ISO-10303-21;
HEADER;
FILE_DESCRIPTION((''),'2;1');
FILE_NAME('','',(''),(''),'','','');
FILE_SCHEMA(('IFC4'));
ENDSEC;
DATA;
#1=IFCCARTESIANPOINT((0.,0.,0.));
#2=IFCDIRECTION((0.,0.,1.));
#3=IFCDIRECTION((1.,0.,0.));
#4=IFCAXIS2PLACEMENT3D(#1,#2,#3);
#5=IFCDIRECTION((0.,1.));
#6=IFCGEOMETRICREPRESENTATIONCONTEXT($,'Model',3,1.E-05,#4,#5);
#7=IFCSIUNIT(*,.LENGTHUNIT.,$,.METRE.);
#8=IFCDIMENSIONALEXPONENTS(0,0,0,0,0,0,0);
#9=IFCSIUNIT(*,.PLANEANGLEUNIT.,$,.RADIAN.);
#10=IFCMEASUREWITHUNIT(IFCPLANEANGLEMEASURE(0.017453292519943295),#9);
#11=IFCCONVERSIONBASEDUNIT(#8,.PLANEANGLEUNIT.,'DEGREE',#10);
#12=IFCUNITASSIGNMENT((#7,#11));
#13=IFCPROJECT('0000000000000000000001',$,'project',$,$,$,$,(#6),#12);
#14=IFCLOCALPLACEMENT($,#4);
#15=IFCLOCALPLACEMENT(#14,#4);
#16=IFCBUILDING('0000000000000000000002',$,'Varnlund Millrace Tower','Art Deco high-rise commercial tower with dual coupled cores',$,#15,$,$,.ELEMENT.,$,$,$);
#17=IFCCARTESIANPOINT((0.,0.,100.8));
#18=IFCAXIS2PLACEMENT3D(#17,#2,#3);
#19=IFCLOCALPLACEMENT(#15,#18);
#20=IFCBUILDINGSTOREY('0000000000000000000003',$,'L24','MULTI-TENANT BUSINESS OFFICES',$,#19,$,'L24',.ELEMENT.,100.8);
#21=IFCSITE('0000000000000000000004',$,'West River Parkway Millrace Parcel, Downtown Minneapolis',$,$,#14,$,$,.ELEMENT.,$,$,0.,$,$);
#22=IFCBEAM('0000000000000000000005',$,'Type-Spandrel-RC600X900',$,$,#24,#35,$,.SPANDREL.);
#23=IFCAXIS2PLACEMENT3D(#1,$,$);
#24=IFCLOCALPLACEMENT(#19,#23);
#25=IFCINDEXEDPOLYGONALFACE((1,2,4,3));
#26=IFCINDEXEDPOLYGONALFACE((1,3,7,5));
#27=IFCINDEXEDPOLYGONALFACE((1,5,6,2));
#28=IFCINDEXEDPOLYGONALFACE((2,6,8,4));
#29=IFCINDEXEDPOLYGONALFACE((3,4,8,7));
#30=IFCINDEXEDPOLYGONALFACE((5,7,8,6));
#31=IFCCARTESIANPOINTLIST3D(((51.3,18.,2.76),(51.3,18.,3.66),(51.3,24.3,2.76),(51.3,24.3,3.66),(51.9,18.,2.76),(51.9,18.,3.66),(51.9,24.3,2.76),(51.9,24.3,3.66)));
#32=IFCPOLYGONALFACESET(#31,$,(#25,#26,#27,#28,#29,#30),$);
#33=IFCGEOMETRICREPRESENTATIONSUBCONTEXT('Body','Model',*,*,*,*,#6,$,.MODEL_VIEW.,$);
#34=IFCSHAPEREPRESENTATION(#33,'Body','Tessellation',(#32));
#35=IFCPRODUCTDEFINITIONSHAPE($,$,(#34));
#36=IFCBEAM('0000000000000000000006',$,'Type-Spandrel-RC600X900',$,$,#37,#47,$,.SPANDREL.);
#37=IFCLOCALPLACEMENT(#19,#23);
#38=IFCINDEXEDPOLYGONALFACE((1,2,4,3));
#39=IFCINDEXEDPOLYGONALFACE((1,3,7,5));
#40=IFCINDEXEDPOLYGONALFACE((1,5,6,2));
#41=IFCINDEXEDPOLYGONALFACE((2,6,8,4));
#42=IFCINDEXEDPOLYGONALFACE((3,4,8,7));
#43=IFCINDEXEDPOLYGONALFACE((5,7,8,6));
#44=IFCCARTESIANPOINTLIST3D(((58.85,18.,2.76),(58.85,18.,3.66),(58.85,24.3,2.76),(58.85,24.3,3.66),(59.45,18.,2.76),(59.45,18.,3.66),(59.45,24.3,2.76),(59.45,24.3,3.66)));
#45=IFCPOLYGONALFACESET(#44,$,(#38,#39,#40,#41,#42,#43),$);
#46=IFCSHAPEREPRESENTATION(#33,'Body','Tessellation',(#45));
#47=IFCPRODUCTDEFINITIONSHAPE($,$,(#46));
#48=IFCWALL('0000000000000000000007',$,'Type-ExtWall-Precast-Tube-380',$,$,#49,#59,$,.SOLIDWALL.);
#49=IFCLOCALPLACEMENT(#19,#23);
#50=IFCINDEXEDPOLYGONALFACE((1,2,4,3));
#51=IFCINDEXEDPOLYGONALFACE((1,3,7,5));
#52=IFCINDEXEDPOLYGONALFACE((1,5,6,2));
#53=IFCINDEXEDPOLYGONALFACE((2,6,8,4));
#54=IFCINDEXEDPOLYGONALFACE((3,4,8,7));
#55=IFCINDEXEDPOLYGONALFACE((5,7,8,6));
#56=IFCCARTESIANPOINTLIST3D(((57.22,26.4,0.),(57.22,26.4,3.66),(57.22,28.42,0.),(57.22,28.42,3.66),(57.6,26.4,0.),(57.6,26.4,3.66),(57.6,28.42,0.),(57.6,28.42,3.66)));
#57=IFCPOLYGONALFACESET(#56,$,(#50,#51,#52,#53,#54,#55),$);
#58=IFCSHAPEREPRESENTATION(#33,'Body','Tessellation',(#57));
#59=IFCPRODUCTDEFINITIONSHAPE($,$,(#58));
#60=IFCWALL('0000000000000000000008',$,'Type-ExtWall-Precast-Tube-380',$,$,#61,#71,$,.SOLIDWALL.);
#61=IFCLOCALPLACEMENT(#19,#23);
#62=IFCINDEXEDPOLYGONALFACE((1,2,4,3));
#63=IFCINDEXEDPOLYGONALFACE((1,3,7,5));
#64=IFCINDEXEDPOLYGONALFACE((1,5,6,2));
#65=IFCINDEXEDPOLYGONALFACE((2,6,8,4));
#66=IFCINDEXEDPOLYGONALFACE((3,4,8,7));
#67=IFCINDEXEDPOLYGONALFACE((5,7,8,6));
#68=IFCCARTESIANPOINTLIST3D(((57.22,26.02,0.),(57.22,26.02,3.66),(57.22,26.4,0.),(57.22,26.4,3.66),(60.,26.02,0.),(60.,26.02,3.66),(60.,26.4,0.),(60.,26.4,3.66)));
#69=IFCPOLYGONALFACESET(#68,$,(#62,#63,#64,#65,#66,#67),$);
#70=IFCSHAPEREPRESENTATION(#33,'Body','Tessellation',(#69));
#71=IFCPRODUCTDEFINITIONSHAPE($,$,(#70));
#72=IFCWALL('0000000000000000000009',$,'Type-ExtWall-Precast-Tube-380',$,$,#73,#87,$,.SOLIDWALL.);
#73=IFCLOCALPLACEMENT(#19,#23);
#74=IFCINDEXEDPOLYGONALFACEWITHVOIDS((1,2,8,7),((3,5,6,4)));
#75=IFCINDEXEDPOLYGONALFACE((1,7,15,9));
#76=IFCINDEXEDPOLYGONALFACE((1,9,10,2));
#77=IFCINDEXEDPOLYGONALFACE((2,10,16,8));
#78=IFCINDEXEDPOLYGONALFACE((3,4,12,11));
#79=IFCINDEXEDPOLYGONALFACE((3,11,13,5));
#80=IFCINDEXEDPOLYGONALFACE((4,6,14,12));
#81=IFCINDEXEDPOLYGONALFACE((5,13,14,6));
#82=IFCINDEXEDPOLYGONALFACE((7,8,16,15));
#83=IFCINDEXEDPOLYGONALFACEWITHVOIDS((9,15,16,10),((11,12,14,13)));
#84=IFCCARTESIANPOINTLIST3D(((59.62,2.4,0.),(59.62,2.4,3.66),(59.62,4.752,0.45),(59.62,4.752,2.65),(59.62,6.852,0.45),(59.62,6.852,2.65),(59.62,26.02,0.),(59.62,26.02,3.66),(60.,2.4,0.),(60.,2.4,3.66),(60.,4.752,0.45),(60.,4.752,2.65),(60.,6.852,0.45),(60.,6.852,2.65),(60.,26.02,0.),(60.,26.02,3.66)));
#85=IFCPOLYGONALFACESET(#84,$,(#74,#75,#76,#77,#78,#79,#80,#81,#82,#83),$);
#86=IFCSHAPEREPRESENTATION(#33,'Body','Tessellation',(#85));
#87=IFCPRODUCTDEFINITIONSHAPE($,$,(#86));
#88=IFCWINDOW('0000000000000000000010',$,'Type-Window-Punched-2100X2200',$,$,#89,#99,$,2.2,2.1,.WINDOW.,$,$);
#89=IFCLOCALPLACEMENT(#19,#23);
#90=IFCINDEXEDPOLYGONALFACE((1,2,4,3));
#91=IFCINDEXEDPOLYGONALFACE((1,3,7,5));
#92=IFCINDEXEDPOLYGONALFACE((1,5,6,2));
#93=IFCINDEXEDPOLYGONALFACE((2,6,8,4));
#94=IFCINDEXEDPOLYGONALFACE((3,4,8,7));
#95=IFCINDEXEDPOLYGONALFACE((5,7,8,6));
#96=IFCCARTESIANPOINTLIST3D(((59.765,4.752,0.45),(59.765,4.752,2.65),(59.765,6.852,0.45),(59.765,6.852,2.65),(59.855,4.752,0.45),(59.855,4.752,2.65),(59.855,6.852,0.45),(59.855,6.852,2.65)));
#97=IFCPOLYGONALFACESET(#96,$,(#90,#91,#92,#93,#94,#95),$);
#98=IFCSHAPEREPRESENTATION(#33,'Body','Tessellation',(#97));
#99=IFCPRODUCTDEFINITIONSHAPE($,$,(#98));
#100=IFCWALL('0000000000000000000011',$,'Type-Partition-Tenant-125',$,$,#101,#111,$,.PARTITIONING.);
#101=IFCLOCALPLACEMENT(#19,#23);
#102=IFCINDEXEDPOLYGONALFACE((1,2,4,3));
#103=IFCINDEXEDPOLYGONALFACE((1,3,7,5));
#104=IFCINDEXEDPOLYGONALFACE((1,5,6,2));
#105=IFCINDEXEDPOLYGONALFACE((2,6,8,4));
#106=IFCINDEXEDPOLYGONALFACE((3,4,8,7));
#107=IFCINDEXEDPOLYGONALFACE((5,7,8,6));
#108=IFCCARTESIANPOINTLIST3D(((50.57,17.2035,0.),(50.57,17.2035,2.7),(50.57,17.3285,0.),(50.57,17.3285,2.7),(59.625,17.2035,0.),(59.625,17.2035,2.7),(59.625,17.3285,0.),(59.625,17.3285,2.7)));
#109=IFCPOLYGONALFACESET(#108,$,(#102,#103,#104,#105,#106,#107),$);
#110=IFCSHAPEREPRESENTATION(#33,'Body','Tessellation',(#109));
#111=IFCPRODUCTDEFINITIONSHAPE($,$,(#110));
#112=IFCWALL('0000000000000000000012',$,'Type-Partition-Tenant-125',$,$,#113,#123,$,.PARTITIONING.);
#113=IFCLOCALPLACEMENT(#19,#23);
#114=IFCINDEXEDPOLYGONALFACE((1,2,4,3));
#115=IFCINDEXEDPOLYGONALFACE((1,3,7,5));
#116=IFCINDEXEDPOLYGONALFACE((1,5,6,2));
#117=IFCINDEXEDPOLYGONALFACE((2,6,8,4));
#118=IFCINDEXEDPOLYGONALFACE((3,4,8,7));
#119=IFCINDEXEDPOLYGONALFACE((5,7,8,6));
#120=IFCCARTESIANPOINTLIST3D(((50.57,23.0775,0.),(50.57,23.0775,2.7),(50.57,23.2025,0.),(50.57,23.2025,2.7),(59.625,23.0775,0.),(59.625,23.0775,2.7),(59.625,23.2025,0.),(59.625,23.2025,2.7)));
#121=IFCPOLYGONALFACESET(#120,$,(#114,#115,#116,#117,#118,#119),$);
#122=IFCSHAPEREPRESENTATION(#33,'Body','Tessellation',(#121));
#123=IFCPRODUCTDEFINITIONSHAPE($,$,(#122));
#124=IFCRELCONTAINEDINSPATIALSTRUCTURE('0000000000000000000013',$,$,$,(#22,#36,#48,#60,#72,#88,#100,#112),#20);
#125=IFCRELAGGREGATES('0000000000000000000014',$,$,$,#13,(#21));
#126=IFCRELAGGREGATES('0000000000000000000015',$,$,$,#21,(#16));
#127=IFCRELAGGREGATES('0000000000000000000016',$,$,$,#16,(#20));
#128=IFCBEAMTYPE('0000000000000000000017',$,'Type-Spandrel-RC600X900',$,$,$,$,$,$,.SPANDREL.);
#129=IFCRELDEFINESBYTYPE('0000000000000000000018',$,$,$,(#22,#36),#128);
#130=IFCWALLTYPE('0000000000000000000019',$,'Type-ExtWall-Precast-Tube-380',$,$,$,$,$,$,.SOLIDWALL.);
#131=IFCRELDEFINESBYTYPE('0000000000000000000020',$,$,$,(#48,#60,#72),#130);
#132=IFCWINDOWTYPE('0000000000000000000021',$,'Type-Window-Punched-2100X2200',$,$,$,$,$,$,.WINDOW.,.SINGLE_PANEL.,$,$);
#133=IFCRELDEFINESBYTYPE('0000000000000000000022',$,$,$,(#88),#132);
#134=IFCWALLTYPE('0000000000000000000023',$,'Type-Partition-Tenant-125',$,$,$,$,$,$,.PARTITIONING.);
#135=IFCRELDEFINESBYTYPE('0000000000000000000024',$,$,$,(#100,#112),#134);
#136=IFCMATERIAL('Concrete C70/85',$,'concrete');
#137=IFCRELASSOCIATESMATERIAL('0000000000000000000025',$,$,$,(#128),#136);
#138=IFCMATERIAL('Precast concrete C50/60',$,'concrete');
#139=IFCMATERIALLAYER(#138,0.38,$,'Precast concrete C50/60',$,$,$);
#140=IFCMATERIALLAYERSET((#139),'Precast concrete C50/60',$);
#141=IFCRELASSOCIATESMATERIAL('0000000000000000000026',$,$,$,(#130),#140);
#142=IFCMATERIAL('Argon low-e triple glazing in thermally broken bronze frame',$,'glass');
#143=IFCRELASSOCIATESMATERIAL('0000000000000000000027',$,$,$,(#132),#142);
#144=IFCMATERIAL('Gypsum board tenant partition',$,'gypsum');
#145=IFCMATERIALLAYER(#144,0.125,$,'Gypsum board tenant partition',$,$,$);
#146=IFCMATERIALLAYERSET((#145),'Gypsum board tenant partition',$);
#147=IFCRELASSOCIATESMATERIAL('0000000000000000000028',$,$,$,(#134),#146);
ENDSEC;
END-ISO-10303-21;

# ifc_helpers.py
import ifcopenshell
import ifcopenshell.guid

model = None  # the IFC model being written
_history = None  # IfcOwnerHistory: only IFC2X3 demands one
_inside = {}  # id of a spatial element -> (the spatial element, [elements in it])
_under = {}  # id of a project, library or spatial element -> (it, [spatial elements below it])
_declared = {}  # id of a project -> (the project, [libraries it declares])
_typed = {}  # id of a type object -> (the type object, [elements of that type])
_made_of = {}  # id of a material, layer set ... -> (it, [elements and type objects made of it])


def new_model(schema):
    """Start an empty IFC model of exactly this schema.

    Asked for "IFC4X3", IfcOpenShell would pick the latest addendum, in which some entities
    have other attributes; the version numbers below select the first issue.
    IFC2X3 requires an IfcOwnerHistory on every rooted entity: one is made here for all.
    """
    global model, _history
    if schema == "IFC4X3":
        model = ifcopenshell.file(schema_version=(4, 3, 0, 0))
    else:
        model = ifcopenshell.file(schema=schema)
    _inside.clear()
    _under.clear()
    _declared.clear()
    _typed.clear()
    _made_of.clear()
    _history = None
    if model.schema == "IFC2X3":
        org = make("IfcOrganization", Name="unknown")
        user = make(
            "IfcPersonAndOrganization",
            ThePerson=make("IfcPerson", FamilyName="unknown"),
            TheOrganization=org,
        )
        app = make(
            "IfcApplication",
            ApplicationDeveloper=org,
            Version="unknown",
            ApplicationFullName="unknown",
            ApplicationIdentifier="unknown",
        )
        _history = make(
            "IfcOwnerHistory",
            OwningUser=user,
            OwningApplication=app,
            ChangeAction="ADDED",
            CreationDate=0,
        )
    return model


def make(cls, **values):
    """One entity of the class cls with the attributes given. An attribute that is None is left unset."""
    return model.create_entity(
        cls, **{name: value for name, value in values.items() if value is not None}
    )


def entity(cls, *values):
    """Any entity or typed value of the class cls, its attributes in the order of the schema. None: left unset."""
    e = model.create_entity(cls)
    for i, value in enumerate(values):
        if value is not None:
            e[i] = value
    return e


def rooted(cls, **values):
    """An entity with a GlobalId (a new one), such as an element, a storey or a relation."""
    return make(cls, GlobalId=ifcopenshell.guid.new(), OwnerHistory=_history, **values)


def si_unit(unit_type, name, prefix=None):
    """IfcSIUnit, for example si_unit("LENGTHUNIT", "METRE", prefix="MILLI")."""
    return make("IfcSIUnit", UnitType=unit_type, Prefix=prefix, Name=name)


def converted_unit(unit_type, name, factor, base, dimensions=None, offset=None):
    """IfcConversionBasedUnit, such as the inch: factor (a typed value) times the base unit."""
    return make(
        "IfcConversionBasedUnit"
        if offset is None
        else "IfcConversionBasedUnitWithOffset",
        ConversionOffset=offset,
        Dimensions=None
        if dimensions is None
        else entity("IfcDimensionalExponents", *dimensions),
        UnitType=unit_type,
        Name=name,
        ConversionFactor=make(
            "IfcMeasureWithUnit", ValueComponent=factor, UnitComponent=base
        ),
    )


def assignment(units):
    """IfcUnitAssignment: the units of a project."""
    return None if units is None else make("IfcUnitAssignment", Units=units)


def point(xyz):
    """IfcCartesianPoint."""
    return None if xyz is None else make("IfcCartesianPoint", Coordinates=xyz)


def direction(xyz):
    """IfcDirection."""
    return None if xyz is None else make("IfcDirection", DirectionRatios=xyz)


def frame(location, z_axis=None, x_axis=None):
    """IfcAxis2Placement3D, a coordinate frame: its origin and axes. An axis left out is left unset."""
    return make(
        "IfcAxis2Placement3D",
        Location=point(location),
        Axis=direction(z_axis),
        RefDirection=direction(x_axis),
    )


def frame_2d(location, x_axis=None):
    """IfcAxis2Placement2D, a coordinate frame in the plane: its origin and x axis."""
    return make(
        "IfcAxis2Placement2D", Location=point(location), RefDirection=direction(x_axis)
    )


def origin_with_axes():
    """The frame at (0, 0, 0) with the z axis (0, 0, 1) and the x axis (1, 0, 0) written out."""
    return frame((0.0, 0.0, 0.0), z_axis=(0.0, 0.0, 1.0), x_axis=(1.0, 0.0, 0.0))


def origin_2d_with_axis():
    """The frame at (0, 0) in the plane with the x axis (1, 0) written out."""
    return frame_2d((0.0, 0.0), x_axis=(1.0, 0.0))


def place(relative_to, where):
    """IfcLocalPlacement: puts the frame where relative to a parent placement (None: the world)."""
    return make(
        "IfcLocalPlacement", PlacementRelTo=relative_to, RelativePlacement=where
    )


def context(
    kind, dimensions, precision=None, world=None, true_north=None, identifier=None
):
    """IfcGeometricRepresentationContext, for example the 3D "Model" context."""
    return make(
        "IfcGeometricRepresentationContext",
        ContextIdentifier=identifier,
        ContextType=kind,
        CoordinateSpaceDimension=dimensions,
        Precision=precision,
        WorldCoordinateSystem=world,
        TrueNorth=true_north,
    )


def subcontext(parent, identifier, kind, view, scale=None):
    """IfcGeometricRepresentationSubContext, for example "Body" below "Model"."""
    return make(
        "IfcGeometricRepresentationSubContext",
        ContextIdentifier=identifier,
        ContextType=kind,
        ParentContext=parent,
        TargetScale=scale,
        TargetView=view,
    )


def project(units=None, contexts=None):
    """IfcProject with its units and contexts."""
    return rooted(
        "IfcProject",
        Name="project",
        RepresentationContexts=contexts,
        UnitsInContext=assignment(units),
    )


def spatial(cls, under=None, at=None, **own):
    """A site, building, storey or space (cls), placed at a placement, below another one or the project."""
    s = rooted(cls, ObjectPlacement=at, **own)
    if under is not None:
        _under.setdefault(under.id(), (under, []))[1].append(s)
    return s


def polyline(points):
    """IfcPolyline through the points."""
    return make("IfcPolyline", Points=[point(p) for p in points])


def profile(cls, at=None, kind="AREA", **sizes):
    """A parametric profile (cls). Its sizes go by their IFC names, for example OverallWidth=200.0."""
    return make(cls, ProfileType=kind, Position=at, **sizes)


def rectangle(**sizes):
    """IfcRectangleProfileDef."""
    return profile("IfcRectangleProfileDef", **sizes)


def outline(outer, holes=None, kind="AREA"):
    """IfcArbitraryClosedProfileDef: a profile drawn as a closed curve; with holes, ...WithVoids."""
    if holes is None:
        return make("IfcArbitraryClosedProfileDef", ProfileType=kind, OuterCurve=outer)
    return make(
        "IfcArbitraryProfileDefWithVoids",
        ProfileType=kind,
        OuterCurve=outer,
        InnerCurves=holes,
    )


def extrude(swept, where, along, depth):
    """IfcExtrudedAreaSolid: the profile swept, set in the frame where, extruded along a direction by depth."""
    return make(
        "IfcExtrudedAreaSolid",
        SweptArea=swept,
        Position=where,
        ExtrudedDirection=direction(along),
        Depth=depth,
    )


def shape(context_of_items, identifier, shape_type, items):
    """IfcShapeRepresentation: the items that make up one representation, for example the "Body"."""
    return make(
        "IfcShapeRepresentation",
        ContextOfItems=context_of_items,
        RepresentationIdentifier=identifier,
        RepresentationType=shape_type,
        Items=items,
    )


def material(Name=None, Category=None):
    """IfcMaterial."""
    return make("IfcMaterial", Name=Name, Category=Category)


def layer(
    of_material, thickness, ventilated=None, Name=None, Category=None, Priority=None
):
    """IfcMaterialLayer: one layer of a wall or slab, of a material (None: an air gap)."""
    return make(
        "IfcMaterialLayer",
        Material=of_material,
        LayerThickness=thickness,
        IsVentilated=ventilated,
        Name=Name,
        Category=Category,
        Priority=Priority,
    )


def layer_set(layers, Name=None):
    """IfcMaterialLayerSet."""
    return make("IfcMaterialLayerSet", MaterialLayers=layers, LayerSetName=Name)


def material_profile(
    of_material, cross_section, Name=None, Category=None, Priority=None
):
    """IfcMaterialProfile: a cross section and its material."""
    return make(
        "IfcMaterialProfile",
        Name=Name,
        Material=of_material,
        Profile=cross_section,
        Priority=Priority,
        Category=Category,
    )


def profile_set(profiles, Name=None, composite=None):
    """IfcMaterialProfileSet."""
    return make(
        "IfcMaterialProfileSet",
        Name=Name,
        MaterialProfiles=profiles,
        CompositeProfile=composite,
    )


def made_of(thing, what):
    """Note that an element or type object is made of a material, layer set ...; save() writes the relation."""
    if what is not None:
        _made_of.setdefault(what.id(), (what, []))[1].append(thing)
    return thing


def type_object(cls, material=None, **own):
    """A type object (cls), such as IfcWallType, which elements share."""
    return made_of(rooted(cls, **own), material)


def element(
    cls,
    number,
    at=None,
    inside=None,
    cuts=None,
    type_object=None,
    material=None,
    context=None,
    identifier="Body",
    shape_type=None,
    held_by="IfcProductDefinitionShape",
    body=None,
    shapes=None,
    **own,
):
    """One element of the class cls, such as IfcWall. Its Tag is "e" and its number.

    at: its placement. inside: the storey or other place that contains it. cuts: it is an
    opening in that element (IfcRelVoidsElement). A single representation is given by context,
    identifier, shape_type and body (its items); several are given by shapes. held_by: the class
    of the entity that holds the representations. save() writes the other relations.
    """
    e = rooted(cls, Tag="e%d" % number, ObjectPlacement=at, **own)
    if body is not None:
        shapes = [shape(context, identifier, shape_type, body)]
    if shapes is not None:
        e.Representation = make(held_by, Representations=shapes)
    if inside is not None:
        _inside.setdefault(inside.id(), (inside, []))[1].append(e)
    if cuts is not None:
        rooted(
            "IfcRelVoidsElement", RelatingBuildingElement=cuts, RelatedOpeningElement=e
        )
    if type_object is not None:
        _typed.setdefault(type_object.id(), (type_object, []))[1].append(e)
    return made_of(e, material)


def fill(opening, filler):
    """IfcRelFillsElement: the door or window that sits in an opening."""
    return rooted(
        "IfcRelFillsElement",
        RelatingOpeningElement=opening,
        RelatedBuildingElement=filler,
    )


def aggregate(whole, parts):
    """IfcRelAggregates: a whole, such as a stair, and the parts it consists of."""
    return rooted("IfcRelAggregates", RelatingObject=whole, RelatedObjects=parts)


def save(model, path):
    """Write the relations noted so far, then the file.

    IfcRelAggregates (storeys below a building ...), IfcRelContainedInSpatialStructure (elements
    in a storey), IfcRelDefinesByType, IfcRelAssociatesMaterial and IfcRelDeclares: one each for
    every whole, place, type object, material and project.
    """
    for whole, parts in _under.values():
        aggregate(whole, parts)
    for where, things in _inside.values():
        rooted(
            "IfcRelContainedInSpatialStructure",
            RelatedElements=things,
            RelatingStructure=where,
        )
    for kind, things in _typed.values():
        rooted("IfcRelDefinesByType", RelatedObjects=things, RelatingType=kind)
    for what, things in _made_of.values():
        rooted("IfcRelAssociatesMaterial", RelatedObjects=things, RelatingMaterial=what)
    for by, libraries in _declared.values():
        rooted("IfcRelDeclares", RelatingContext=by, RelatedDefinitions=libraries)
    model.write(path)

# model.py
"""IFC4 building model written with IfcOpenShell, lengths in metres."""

from ifc_helpers import new_model, entity, si_unit, converted_unit, direction, frame, origin_with_axes, origin_2d_with_axis, place, context, subcontext, project, spatial, polyline, rectangle, outline, extrude, material, layer, layer_set, material_profile, profile_set, type_object, element, fill, save


model = new_model("IFC4")

# Units and contexts
model_context = context("Model", 3, precision=1e-05, world=origin_with_axes(), true_north=direction((0.0, 1.0)))
body_context = subcontext(model_context, "Body", "Model", "MODEL_VIEW")
ifc_project = project(units=[si_unit("LENGTHUNIT", "METRE"), converted_unit("PLANEANGLEUNIT", "DEGREE", entity("IfcPlaneAngleMeasure", 0.017453292519943295), si_unit("PLANEANGLEUNIT", "RADIAN"), dimensions=[0, 0, 0, 0, 0, 0, 0])], contexts=[model_context])

# Site, building, storey
site_placement = place(None, origin_with_axes())
site = spatial("IfcSite", under=ifc_project, at=site_placement, Name="West River Parkway Millrace Parcel, Downtown Minneapolis", CompositionType="ELEMENT", RefElevation=0.0)
building_placement = place(site_placement, origin_with_axes())
building = spatial("IfcBuilding", under=site, at=building_placement, Name="Varnlund Millrace Tower", Description="Art Deco high-rise commercial tower with dual coupled cores", CompositionType="ELEMENT")
storey_placement = place(building_placement, frame((0.0, 0.0, 100.8), z_axis=(0.0, 0.0, 1.0), x_axis=(1.0, 0.0, 0.0)))
storey = spatial("IfcBuildingStorey", under=building, at=storey_placement, Name="L24", Description="MULTI-TENANT BUSINESS OFFICES", LongName="L24", CompositionType="ELEMENT", Elevation=100.8)

# Beams
ifc_material_1 = material(Name="Concrete C70/85", Category="concrete")
ifc_material_profile_1 = material_profile(ifc_material_1, rectangle(XDim=0.6, YDim=0.9, at=origin_2d_with_axis()), Name="Concrete C70/85")
ifc_profile_set_1 = profile_set([ifc_material_profile_1], Name="Concrete C70/85")
beam_type_1 = type_object("IfcBeamType", Name="Type-Spandrel-RC600X900", PredefinedType="SPANDREL", material=ifc_profile_set_1)
for number, where, z_axis, x_axis, name in (
    (1, (51.6, 18.0, 3.21), (0.0, 1.0, 0.0), (-1.0, 0.0, 0.0), "Type-Spandrel-RC600X900"),
    (2, (59.15, 18.0, 3.21), (0.0, 1.0, 0.0), (-1.0, 0.0, 0.0), "Type-Spandrel-RC600X900"),
):
    element("IfcBeam", number, at=place(storey_placement, frame(where, z_axis=z_axis, x_axis=x_axis)), inside=storey, type_object=beam_type_1, Name=name, PredefinedType="SPANDREL", context=body_context, shape_type="SweptSolid", body=[
        extrude(rectangle(XDim=0.6, YDim=0.9, at=origin_2d_with_axis()), origin_with_axes(), (0.0, 0.0, 1.0), 6.3),
    ])

# Walls
ifc_material_2 = material(Name="Precast concrete C50/60", Category="concrete")
ifc_layer_1 = layer(ifc_material_2, 0.38, Name="Precast concrete C50/60")
ifc_layer_set_1 = layer_set([ifc_layer_1], Name="Precast concrete C50/60")
wall_type_1 = type_object("IfcWallType", Name="Type-ExtWall-Precast-Tube-380", PredefinedType="SOLIDWALL", material=ifc_layer_set_1)
wall_1_placement = place(storey_placement, frame((57.41, 28.42, 0.0), z_axis=(0.0, 0.0, 1.0), x_axis=(0.0, -1.0, 0.0)))
element("IfcWall", 3, at=wall_1_placement, inside=storey, type_object=wall_type_1, Name="Type-ExtWall-Precast-Tube-380", PredefinedType="SOLIDWALL", context=body_context, shape_type="SweptSolid", body=[
    extrude(outline(polyline([(0.0, -0.19), (2.02, -0.19), (2.02, 0.19), (0.0, 0.19), (0.0, -0.19)])), origin_with_axes(), (0.0, 0.0, 1.0), 3.66),
])
wall_2_placement = place(storey_placement, frame((57.22, 26.21, 0.0), z_axis=(0.0, 0.0, 1.0), x_axis=(1.0, 0.0, 0.0)))
element("IfcWall", 4, at=wall_2_placement, inside=storey, type_object=wall_type_1, Name="Type-ExtWall-Precast-Tube-380", PredefinedType="SOLIDWALL", context=body_context, shape_type="SweptSolid", body=[
    extrude(outline(polyline([(0.0, -0.19), (2.78, -0.19), (2.78, 0.19), (0.0, 0.19), (0.0, -0.19)])), origin_with_axes(), (0.0, 0.0, 1.0), 3.66),
])

# Wall, opening, window
wall_3_placement = place(storey_placement, frame((59.81, 26.02, 0.0), z_axis=(0.0, 0.0, 1.0), x_axis=(0.0, -1.0, 0.0)))
wall_3 = element("IfcWall", 5, at=wall_3_placement, inside=storey, type_object=wall_type_1, Name="Type-ExtWall-Precast-Tube-380", PredefinedType="SOLIDWALL", context=body_context, shape_type="SweptSolid", body=[
    extrude(outline(polyline([(0.0, -0.19), (23.62, -0.19), (23.62, 0.19), (0.0, 0.19), (0.0, -0.19)])), origin_with_axes(), (0.0, 0.0, 1.0), 3.66),
])
opening_placement = place(wall_3_placement, frame((20.218, 0.0, 0.45), z_axis=(0.0, 0.0, 1.0), x_axis=(1.0, 0.0, 0.0)))
opening = element("IfcOpeningElement", 6, at=opening_placement, cuts=wall_3, PredefinedType="OPENING", context=body_context, shape_type="SweptSolid", body=[
    extrude(rectangle(XDim=2.1, YDim=0.4, at=origin_2d_with_axis()), origin_with_axes(), (0.0, 0.0, 1.0), 2.2),
])
ifc_material_3 = material(Name="Argon low-e triple glazing in thermally broken bronze frame", Category="glass")
window_type = type_object("IfcWindowType", Name="Type-Window-Punched-2100X2200", PartitioningType="SINGLE_PANEL", PredefinedType="WINDOW", material=ifc_material_3)
window_placement = place(wall_3_placement, frame((20.218, 0.0, 0.45), z_axis=(0.0, 0.0, 1.0), x_axis=(1.0, 0.0, 0.0)))
window = element("IfcWindow", 7, at=window_placement, inside=storey, type_object=window_type, Name="Type-Window-Punched-2100X2200", OverallHeight=2.2, OverallWidth=2.1, PredefinedType="WINDOW", context=body_context, shape_type="SweptSolid", body=[
    extrude(rectangle(XDim=2.1, YDim=0.09, at=origin_2d_with_axis()), origin_with_axes(), (0.0, 0.0, 1.0), 2.2),
])
fill(opening, window)

# Walls
ifc_material_4 = material(Name="Gypsum board tenant partition", Category="gypsum")
ifc_layer_2 = layer(ifc_material_4, 0.125, Name="Gypsum board tenant partition")
ifc_layer_set_2 = layer_set([ifc_layer_2], Name="Gypsum board tenant partition")
wall_type_2 = type_object("IfcWallType", Name="Type-Partition-Tenant-125", PredefinedType="PARTITIONING", material=ifc_layer_set_2)
for number, where, z_axis, x_axis, name in (
    (8, (50.57, 17.266, 0.0), (0.0, 0.0, 1.0), (1.0, 0.0, 0.0), "Type-Partition-Tenant-125"),
    (9, (50.57, 23.14, 0.0), (0.0, 0.0, 1.0), (1.0, 0.0, 0.0), "Type-Partition-Tenant-125"),
):
    element("IfcWall", number, at=place(storey_placement, frame(where, z_axis=z_axis, x_axis=x_axis)), inside=storey, type_object=wall_type_2, Name=name, PredefinedType="PARTITIONING", context=body_context, shape_type="SweptSolid", body=[
        extrude(outline(polyline([(0.0, -0.0625), (9.055, -0.0625), (9.055, 0.0625), (0.0, 0.0625), (0.0, -0.0625)])), origin_with_axes(), (0.0, 0.0, 1.0), 2.7),
    ])

save(model, "model.ifc")
